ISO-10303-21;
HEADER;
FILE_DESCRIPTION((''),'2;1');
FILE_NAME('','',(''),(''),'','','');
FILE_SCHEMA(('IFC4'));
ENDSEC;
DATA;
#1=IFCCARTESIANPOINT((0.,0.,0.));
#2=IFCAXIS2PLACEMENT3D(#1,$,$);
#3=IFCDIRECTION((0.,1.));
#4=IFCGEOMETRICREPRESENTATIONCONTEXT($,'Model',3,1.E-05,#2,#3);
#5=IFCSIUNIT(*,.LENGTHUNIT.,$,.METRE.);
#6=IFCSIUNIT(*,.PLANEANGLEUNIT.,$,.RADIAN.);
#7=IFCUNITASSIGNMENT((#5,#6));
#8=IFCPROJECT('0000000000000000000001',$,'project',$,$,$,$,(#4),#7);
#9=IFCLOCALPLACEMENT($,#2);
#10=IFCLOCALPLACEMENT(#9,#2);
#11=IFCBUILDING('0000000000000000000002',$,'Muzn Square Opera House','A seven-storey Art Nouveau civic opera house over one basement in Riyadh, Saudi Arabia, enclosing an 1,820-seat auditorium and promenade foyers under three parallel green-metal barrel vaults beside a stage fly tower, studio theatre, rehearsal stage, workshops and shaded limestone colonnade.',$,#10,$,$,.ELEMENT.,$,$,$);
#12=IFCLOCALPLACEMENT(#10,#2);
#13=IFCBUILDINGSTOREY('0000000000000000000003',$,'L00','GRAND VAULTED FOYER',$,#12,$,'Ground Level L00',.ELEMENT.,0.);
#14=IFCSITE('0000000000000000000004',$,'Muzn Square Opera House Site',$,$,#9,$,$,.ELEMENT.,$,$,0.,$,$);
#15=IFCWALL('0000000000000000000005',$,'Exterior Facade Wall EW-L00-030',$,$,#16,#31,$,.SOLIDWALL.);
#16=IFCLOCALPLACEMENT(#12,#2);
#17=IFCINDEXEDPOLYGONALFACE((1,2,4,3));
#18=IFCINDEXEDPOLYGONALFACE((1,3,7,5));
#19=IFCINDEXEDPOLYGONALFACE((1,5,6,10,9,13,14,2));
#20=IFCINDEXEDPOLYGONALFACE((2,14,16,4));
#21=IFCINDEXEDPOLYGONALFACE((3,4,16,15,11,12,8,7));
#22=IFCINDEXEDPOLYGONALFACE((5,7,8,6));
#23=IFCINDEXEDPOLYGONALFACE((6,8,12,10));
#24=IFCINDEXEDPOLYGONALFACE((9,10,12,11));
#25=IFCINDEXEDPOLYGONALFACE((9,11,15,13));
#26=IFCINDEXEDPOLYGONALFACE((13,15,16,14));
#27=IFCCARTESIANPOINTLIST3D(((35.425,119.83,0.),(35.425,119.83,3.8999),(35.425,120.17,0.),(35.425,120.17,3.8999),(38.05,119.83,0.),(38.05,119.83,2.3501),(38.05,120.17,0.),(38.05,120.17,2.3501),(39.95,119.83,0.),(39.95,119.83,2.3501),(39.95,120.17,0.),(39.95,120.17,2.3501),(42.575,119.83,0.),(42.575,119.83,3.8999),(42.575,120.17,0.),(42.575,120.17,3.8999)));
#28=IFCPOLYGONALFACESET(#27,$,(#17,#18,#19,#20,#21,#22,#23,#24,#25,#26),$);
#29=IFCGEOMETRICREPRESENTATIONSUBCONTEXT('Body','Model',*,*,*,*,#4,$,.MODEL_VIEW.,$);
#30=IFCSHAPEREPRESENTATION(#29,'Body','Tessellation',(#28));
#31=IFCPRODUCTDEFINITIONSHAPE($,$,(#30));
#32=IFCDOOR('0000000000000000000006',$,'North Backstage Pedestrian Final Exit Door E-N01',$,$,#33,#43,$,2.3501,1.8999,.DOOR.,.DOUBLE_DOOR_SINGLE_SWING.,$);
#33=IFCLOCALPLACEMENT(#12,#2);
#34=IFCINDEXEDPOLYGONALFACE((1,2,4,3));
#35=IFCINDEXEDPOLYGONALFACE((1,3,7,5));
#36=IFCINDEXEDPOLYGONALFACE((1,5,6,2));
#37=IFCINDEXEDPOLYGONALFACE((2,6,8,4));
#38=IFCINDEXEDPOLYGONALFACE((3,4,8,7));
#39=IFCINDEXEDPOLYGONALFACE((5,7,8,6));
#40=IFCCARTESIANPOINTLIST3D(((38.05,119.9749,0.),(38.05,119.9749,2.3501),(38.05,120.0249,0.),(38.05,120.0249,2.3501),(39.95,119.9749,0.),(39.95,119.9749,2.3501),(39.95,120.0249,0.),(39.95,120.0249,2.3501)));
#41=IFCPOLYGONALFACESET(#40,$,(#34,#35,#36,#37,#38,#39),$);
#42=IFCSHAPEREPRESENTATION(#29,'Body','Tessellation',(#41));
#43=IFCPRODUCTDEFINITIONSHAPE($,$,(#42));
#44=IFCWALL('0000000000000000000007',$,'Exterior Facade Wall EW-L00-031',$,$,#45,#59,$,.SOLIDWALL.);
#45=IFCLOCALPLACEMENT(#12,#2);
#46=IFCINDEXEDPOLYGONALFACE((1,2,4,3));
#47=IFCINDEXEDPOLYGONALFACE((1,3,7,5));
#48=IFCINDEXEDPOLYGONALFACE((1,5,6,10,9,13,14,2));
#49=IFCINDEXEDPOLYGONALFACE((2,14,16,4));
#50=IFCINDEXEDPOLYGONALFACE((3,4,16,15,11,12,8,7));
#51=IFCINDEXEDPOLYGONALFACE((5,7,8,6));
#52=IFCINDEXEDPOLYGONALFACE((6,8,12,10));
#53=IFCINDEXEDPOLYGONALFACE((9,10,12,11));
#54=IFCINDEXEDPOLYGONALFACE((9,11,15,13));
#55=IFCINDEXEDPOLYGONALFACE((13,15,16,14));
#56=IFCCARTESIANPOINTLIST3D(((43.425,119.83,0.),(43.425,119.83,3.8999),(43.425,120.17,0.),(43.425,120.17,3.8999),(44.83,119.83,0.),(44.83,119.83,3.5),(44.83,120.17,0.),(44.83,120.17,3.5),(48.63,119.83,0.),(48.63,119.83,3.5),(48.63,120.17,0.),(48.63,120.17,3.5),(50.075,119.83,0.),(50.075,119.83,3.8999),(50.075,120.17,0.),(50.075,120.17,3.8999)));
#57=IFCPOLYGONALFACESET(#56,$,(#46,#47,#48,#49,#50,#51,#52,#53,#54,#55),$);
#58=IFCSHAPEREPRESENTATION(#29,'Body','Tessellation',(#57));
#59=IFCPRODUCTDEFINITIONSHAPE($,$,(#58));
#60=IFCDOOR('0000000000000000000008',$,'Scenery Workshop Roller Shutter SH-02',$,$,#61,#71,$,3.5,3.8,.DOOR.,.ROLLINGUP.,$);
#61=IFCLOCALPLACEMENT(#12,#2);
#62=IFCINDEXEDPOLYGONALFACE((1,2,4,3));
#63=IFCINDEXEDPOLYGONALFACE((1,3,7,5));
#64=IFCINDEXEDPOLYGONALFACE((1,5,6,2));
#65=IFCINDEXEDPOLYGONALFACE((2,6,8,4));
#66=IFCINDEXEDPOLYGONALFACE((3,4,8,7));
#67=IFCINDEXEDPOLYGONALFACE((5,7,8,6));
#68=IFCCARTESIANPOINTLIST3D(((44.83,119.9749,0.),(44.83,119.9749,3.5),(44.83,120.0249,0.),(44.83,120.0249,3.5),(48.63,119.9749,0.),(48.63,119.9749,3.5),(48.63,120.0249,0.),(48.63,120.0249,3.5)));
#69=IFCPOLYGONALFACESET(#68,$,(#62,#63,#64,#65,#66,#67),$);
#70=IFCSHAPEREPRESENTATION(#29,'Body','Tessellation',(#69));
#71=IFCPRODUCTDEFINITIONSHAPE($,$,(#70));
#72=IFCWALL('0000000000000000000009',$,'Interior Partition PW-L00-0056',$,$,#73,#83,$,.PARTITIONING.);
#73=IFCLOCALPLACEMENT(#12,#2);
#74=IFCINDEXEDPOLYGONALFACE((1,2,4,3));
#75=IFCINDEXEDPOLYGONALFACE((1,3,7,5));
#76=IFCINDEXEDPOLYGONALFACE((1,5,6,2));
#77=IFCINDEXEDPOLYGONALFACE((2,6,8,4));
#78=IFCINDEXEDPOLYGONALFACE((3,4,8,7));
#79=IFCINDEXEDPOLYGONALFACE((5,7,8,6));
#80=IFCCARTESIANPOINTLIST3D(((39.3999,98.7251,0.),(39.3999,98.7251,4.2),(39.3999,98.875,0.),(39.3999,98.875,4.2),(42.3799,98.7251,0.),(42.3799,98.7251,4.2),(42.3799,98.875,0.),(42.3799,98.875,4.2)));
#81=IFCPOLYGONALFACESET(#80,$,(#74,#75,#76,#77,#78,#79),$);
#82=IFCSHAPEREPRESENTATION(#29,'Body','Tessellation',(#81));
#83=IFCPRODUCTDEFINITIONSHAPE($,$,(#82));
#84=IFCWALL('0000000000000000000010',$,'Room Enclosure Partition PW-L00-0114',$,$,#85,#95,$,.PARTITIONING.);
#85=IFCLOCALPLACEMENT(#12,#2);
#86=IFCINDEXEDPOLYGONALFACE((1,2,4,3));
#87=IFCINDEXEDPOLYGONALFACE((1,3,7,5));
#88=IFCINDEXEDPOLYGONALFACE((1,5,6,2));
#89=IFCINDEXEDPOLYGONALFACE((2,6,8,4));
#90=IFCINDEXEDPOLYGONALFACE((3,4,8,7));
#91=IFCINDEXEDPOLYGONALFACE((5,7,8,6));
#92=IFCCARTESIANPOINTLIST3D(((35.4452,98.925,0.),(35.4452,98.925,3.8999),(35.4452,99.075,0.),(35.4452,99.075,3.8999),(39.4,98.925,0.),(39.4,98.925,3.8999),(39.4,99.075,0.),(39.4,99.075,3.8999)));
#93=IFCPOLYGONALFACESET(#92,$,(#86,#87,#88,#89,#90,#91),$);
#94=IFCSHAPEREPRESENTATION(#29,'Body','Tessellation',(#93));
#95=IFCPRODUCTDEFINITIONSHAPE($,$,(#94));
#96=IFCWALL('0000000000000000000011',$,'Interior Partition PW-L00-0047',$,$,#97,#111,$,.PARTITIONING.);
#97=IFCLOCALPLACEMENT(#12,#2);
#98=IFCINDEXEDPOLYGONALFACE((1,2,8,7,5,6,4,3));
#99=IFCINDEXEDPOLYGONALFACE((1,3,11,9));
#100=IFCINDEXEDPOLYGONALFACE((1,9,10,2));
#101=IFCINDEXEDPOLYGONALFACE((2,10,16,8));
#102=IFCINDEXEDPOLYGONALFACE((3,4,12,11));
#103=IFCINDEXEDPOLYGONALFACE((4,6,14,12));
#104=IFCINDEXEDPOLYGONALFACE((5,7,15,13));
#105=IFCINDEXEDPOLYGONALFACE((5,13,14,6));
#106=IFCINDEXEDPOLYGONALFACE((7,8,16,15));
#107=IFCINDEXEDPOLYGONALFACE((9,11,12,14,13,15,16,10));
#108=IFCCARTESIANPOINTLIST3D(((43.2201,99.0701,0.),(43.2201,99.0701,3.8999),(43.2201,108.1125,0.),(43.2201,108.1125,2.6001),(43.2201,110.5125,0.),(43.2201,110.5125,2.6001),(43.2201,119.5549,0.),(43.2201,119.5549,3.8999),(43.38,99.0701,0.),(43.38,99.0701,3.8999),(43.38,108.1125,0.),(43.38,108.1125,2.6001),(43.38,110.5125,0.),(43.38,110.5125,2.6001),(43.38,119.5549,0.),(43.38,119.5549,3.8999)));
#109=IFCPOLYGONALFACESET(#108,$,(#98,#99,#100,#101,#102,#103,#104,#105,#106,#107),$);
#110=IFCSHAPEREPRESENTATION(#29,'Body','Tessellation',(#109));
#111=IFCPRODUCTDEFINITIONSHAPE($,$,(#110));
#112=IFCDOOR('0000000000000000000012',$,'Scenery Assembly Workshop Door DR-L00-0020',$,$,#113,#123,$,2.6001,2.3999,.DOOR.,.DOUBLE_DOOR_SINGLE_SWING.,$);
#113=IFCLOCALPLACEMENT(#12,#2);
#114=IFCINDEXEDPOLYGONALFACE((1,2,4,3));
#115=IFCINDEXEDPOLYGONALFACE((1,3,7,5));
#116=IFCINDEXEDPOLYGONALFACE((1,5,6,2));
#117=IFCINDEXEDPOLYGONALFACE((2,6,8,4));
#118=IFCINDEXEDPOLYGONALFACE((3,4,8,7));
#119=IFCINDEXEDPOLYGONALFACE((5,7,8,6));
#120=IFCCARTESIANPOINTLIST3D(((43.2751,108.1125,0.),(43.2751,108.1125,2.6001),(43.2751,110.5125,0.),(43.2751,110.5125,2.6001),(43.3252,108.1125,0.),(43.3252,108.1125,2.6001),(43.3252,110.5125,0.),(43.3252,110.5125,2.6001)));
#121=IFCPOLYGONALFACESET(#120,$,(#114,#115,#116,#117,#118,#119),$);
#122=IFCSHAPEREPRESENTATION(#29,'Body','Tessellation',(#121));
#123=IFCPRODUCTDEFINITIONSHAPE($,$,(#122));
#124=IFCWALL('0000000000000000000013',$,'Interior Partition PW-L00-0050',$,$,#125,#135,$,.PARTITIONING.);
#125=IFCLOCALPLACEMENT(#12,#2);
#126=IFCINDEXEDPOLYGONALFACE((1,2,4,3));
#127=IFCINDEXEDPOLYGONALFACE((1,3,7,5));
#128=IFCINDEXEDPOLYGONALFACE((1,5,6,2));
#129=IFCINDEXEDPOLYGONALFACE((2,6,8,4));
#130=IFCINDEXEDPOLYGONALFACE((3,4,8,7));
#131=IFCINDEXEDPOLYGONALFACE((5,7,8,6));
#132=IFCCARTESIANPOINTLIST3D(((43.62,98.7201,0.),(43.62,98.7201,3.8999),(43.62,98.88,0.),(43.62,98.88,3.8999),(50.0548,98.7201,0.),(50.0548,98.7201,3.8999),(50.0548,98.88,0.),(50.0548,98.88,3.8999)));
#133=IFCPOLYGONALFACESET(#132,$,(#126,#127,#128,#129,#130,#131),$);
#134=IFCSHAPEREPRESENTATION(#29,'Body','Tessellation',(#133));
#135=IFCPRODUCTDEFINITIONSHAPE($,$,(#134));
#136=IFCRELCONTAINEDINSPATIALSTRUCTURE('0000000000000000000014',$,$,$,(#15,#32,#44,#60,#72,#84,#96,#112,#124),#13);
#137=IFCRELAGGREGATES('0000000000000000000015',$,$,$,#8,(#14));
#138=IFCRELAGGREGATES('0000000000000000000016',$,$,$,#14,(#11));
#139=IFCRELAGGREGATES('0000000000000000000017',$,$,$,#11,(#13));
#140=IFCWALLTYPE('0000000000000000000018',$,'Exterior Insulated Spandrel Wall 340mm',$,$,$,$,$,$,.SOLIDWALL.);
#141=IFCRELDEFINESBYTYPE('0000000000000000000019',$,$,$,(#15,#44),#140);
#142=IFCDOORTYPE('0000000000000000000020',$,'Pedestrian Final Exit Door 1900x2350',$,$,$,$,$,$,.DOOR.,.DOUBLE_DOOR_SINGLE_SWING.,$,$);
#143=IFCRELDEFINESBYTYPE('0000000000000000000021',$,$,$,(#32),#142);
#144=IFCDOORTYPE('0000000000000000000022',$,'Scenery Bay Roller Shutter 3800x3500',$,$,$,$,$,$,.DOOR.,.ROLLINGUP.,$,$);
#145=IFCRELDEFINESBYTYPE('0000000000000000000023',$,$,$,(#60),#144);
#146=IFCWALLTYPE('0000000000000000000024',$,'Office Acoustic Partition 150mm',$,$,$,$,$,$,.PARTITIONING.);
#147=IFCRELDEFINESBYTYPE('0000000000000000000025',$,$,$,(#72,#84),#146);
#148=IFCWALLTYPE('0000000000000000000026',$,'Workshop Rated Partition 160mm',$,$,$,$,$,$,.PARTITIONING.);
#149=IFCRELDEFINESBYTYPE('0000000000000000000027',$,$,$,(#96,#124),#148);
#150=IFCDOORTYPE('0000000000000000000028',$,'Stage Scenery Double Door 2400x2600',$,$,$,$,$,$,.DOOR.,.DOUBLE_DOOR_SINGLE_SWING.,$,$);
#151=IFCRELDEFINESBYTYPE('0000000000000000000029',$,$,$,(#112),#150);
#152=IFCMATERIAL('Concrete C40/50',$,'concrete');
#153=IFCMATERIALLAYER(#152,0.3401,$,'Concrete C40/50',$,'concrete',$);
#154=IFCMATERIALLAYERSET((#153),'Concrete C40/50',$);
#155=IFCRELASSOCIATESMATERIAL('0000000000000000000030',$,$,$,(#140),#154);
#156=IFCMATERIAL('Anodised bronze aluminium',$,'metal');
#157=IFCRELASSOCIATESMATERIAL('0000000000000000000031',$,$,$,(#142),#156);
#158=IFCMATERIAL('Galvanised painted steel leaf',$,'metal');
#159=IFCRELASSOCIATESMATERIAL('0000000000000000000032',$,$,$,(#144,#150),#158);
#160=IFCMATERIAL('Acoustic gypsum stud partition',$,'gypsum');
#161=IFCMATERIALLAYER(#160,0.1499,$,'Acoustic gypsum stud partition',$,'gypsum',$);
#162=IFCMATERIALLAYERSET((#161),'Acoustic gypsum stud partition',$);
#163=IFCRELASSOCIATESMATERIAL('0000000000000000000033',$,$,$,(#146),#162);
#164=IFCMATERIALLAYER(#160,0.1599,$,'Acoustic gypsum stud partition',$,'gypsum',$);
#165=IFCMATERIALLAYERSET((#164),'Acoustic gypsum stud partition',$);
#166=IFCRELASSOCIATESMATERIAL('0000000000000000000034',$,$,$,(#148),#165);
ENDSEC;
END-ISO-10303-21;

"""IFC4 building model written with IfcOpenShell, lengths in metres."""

from ifc_helpers import new_model, si_unit, direction, frame, frame_2d, origin, place, context, subcontext, project, spatial, rectangle, extrude, material, layer, layer_set, type_object, element, fill, save


model = new_model("IFC4")

# Units and contexts
model_context = context("Model", 3, precision=1e-05, world=origin(), true_north=direction((0.0, 1.0)))
body_context = subcontext(model_context, "Body", "Model", "MODEL_VIEW")
ifc_project = project(units=[si_unit("LENGTHUNIT", "METRE"), si_unit("PLANEANGLEUNIT", "RADIAN")], contexts=[model_context])

# Site, building, storey
site_placement = place(None, origin())
site = spatial("IfcSite", under=ifc_project, at=site_placement, Name="Muzn Square Opera House Site", CompositionType="ELEMENT", RefElevation=0.0)
building_placement = place(site_placement, origin())
building = spatial("IfcBuilding", under=site, at=building_placement, Name="Muzn Square Opera House", Description="A seven-storey Art Nouveau civic opera house over one basement in Riyadh, Saudi Arabia, enclosing an 1,820-seat auditorium and promenade foyers under three parallel green-metal barrel vaults beside a stage fly tower, studio theatre, rehearsal stage, workshops and shaded limestone colonnade.", CompositionType="ELEMENT")
storey_placement = place(building_placement, origin())
storey = spatial("IfcBuildingStorey", under=building, at=storey_placement, Name="L00", Description="GRAND VAULTED FOYER", LongName="Ground Level L00", CompositionType="ELEMENT", Elevation=0.0)

# Shared definitions
ifc_material_1 = material(Name="Concrete C40/50", Category="concrete")

# Walls, openings, doors
ifc_layer_1 = layer(ifc_material_1, 0.3401, Name="Concrete C40/50", Category="concrete")
ifc_layer_set_1 = layer_set([ifc_layer_1], Name="Concrete C40/50")
wall_type_1 = type_object("IfcWallType", Name="Exterior Insulated Spandrel Wall 340mm", PredefinedType="SOLIDWALL", material=ifc_layer_set_1)
wall_1_placement = place(storey_placement, frame((35.425, 120.0, 0.0), z_axis=(0.0, 0.0, 1.0), x_axis=(1.0, 0.0, 0.0)))
wall_1 = element("IfcWall", 1, at=wall_1_placement, inside=storey, type_object=wall_type_1, Name="Exterior Facade Wall EW-L00-030", PredefinedType="SOLIDWALL", context=body_context, shape_type="SweptSolid", body=[
    extrude(rectangle(XDim=7.1499, YDim=0.3401, at=frame_2d((3.575, 0.0))), origin(), (0.0, 0.0, 1.0), 3.8999),
])
opening_1_placement = place(wall_1_placement, frame((2.625, 0.0, 0.0)))
opening_1 = element("IfcOpeningElement", 2, at=opening_1_placement, cuts=wall_1, PredefinedType="OPENING", context=body_context, shape_type="SweptSolid", body=[
    extrude(rectangle(XDim=1.8999, YDim=2.3501, at=frame_2d((0.95, 1.175))), frame((0.0, 0.1799, 0.0), z_axis=(0.0, -1.0, 0.0), x_axis=(1.0, 0.0, 0.0)), (0.0, 0.0, 1.0), 0.3601),
])
ifc_material_2 = material(Name="Anodised bronze aluminium", Category="metal")
door_type_1 = type_object("IfcDoorType", Name="Pedestrian Final Exit Door 1900x2350", OperationType="DOUBLE_DOOR_SINGLE_SWING", PredefinedType="DOOR", material=ifc_material_2)
door_1_placement = place(opening_1_placement, origin())
door_1 = element("IfcDoor", 3, at=door_1_placement, inside=storey, type_object=door_type_1, Name="North Backstage Pedestrian Final Exit Door E-N01", OperationType="DOUBLE_DOOR_SINGLE_SWING", OverallHeight=2.3501, OverallWidth=1.8999, PredefinedType="DOOR", context=body_context, shape_type="SweptSolid", body=[
    extrude(rectangle(XDim=1.8999, YDim=2.3501, at=frame_2d((0.95, 1.175))), frame((0.0, 0.0249, 0.0), z_axis=(0.0, -1.0, 0.0), x_axis=(1.0, 0.0, 0.0)), (0.0, 0.0, 1.0), 0.05),
])
fill(opening_1, door_1)
wall_2_placement = place(storey_placement, frame((43.425, 120.0, 0.0), z_axis=(0.0, 0.0, 1.0), x_axis=(1.0, 0.0, 0.0)))
wall_2 = element("IfcWall", 4, at=wall_2_placement, inside=storey, type_object=wall_type_1, Name="Exterior Facade Wall EW-L00-031", PredefinedType="SOLIDWALL", context=body_context, shape_type="SweptSolid", body=[
    extrude(rectangle(XDim=6.6499, YDim=0.3401, at=frame_2d((3.325, 0.0))), origin(), (0.0, 0.0, 1.0), 3.8999),
])
opening_2_placement = place(wall_2_placement, frame((1.405, 0.0, 0.0)))
opening_2 = element("IfcOpeningElement", 5, at=opening_2_placement, cuts=wall_2, PredefinedType="OPENING", context=body_context, shape_type="SweptSolid", body=[
    extrude(rectangle(XDim=3.8, YDim=3.5, at=frame_2d((1.8999, 1.75))), frame((0.0, 0.1799, 0.0), z_axis=(0.0, -1.0, 0.0), x_axis=(1.0, 0.0, 0.0)), (0.0, 0.0, 1.0), 0.3601),
])
ifc_material_3 = material(Name="Galvanised painted steel leaf", Category="metal")
door_type_2 = type_object("IfcDoorType", Name="Scenery Bay Roller Shutter 3800x3500", OperationType="ROLLINGUP", PredefinedType="DOOR", material=ifc_material_3)
door_2_placement = place(opening_2_placement, origin())
door_2 = element("IfcDoor", 6, at=door_2_placement, inside=storey, type_object=door_type_2, Name="Scenery Workshop Roller Shutter SH-02", OperationType="ROLLINGUP", OverallHeight=3.5, OverallWidth=3.8, PredefinedType="DOOR", context=body_context, shape_type="SweptSolid", body=[
    extrude(rectangle(XDim=3.8, YDim=3.5, at=frame_2d((1.8999, 1.75))), frame((0.0, 0.0249, 0.0), z_axis=(0.0, -1.0, 0.0), x_axis=(1.0, 0.0, 0.0)), (0.0, 0.0, 1.0), 0.05),
])
fill(opening_2, door_2)

# Walls
ifc_material_4 = material(Name="Acoustic gypsum stud partition", Category="gypsum")
ifc_layer_2 = layer(ifc_material_4, 0.1499, Name="Acoustic gypsum stud partition", Category="gypsum")
ifc_layer_set_2 = layer_set([ifc_layer_2], Name="Acoustic gypsum stud partition")
wall_type_2 = type_object("IfcWallType", Name="Office Acoustic Partition 150mm", PredefinedType="PARTITIONING", material=ifc_layer_set_2)
wall_3_placement = place(storey_placement, frame((39.3999, 98.8, 0.0), z_axis=(0.0, 0.0, 1.0), x_axis=(1.0, 0.0, 0.0)))
element("IfcWall", 7, at=wall_3_placement, inside=storey, type_object=wall_type_2, Name="Interior Partition PW-L00-0056", PredefinedType="PARTITIONING", context=body_context, shape_type="SweptSolid", body=[
    extrude(rectangle(XDim=2.98, YDim=0.1499, at=frame_2d((1.49, 0.0))), origin(), (0.0, 0.0, 1.0), 4.2),
])
wall_4_placement = place(storey_placement, frame((35.4451, 99.0, 0.0), z_axis=(0.0, 0.0, 1.0), x_axis=(1.0, 0.0, 0.0)))
element("IfcWall", 8, at=wall_4_placement, inside=storey, type_object=wall_type_2, Name="Room Enclosure Partition PW-L00-0114", PredefinedType="PARTITIONING", context=body_context, shape_type="SweptSolid", body=[
    extrude(rectangle(XDim=3.9548, YDim=0.1499, at=frame_2d((1.9775, 0.0))), origin(), (0.0, 0.0, 1.0), 3.8999),
])

# Wall, opening, door
ifc_layer_3 = layer(ifc_material_4, 0.1599, Name="Acoustic gypsum stud partition", Category="gypsum")
ifc_layer_set_3 = layer_set([ifc_layer_3], Name="Acoustic gypsum stud partition")
wall_type_3 = type_object("IfcWallType", Name="Workshop Rated Partition 160mm", PredefinedType="PARTITIONING", material=ifc_layer_set_3)
wall_5_placement = place(storey_placement, frame((43.3, 99.0701, 0.0), z_axis=(0.0, 0.0, 1.0), x_axis=(0.0, 1.0, 0.0)))
wall_5 = element("IfcWall", 9, at=wall_5_placement, inside=storey, type_object=wall_type_3, Name="Interior Partition PW-L00-0047", PredefinedType="PARTITIONING", context=body_context, shape_type="SweptSolid", body=[
    extrude(rectangle(XDim=20.4849, YDim=0.1599, at=frame_2d((10.2424, 0.0))), origin(), (0.0, 0.0, 1.0), 3.8999),
])
opening_3_placement = place(wall_5_placement, frame((9.0425, 0.0, 0.0)))
opening_3 = element("IfcOpeningElement", 10, at=opening_3_placement, cuts=wall_5, PredefinedType="OPENING", context=body_context, shape_type="SweptSolid", body=[
    extrude(rectangle(XDim=2.3999, YDim=2.6001, at=frame_2d((1.2, 1.3))), frame((0.0, 0.0898, 0.0), z_axis=(0.0, -1.0, 0.0), x_axis=(1.0, 0.0, 0.0)), (0.0, 0.0, 1.0), 0.1799),
])
door_type_3 = type_object("IfcDoorType", Name="Stage Scenery Double Door 2400x2600", OperationType="DOUBLE_DOOR_SINGLE_SWING", PredefinedType="DOOR", material=ifc_material_3)
door_3_placement = place(opening_3_placement, origin())
door_3 = element("IfcDoor", 11, at=door_3_placement, inside=storey, type_object=door_type_3, Name="Scenery Assembly Workshop Door DR-L00-0020", OperationType="DOUBLE_DOOR_SINGLE_SWING", OverallHeight=2.6001, OverallWidth=2.3999, PredefinedType="DOOR", context=body_context, shape_type="SweptSolid", body=[
    extrude(rectangle(XDim=2.3999, YDim=2.6001, at=frame_2d((1.2, 1.3))), frame((0.0, 0.0249, 0.0), z_axis=(0.0, -1.0, 0.0), x_axis=(1.0, 0.0, 0.0)), (0.0, 0.0, 1.0), 0.05),
])
fill(opening_3, door_3)

# Wall
wall_6_placement = place(storey_placement, frame((43.6201, 98.8, 0.0), z_axis=(0.0, 0.0, 1.0), x_axis=(1.0, 0.0, 0.0)))
element("IfcWall", 12, at=wall_6_placement, inside=storey, type_object=wall_type_3, Name="Interior Partition PW-L00-0050", PredefinedType="PARTITIONING", context=body_context, shape_type="SweptSolid", body=[
    extrude(rectangle(XDim=6.4348, YDim=0.1599, at=frame_2d((3.2173, 0.0))), origin(), (0.0, 0.0, 1.0), 3.8999),
])

save(model, "model.ifc")
